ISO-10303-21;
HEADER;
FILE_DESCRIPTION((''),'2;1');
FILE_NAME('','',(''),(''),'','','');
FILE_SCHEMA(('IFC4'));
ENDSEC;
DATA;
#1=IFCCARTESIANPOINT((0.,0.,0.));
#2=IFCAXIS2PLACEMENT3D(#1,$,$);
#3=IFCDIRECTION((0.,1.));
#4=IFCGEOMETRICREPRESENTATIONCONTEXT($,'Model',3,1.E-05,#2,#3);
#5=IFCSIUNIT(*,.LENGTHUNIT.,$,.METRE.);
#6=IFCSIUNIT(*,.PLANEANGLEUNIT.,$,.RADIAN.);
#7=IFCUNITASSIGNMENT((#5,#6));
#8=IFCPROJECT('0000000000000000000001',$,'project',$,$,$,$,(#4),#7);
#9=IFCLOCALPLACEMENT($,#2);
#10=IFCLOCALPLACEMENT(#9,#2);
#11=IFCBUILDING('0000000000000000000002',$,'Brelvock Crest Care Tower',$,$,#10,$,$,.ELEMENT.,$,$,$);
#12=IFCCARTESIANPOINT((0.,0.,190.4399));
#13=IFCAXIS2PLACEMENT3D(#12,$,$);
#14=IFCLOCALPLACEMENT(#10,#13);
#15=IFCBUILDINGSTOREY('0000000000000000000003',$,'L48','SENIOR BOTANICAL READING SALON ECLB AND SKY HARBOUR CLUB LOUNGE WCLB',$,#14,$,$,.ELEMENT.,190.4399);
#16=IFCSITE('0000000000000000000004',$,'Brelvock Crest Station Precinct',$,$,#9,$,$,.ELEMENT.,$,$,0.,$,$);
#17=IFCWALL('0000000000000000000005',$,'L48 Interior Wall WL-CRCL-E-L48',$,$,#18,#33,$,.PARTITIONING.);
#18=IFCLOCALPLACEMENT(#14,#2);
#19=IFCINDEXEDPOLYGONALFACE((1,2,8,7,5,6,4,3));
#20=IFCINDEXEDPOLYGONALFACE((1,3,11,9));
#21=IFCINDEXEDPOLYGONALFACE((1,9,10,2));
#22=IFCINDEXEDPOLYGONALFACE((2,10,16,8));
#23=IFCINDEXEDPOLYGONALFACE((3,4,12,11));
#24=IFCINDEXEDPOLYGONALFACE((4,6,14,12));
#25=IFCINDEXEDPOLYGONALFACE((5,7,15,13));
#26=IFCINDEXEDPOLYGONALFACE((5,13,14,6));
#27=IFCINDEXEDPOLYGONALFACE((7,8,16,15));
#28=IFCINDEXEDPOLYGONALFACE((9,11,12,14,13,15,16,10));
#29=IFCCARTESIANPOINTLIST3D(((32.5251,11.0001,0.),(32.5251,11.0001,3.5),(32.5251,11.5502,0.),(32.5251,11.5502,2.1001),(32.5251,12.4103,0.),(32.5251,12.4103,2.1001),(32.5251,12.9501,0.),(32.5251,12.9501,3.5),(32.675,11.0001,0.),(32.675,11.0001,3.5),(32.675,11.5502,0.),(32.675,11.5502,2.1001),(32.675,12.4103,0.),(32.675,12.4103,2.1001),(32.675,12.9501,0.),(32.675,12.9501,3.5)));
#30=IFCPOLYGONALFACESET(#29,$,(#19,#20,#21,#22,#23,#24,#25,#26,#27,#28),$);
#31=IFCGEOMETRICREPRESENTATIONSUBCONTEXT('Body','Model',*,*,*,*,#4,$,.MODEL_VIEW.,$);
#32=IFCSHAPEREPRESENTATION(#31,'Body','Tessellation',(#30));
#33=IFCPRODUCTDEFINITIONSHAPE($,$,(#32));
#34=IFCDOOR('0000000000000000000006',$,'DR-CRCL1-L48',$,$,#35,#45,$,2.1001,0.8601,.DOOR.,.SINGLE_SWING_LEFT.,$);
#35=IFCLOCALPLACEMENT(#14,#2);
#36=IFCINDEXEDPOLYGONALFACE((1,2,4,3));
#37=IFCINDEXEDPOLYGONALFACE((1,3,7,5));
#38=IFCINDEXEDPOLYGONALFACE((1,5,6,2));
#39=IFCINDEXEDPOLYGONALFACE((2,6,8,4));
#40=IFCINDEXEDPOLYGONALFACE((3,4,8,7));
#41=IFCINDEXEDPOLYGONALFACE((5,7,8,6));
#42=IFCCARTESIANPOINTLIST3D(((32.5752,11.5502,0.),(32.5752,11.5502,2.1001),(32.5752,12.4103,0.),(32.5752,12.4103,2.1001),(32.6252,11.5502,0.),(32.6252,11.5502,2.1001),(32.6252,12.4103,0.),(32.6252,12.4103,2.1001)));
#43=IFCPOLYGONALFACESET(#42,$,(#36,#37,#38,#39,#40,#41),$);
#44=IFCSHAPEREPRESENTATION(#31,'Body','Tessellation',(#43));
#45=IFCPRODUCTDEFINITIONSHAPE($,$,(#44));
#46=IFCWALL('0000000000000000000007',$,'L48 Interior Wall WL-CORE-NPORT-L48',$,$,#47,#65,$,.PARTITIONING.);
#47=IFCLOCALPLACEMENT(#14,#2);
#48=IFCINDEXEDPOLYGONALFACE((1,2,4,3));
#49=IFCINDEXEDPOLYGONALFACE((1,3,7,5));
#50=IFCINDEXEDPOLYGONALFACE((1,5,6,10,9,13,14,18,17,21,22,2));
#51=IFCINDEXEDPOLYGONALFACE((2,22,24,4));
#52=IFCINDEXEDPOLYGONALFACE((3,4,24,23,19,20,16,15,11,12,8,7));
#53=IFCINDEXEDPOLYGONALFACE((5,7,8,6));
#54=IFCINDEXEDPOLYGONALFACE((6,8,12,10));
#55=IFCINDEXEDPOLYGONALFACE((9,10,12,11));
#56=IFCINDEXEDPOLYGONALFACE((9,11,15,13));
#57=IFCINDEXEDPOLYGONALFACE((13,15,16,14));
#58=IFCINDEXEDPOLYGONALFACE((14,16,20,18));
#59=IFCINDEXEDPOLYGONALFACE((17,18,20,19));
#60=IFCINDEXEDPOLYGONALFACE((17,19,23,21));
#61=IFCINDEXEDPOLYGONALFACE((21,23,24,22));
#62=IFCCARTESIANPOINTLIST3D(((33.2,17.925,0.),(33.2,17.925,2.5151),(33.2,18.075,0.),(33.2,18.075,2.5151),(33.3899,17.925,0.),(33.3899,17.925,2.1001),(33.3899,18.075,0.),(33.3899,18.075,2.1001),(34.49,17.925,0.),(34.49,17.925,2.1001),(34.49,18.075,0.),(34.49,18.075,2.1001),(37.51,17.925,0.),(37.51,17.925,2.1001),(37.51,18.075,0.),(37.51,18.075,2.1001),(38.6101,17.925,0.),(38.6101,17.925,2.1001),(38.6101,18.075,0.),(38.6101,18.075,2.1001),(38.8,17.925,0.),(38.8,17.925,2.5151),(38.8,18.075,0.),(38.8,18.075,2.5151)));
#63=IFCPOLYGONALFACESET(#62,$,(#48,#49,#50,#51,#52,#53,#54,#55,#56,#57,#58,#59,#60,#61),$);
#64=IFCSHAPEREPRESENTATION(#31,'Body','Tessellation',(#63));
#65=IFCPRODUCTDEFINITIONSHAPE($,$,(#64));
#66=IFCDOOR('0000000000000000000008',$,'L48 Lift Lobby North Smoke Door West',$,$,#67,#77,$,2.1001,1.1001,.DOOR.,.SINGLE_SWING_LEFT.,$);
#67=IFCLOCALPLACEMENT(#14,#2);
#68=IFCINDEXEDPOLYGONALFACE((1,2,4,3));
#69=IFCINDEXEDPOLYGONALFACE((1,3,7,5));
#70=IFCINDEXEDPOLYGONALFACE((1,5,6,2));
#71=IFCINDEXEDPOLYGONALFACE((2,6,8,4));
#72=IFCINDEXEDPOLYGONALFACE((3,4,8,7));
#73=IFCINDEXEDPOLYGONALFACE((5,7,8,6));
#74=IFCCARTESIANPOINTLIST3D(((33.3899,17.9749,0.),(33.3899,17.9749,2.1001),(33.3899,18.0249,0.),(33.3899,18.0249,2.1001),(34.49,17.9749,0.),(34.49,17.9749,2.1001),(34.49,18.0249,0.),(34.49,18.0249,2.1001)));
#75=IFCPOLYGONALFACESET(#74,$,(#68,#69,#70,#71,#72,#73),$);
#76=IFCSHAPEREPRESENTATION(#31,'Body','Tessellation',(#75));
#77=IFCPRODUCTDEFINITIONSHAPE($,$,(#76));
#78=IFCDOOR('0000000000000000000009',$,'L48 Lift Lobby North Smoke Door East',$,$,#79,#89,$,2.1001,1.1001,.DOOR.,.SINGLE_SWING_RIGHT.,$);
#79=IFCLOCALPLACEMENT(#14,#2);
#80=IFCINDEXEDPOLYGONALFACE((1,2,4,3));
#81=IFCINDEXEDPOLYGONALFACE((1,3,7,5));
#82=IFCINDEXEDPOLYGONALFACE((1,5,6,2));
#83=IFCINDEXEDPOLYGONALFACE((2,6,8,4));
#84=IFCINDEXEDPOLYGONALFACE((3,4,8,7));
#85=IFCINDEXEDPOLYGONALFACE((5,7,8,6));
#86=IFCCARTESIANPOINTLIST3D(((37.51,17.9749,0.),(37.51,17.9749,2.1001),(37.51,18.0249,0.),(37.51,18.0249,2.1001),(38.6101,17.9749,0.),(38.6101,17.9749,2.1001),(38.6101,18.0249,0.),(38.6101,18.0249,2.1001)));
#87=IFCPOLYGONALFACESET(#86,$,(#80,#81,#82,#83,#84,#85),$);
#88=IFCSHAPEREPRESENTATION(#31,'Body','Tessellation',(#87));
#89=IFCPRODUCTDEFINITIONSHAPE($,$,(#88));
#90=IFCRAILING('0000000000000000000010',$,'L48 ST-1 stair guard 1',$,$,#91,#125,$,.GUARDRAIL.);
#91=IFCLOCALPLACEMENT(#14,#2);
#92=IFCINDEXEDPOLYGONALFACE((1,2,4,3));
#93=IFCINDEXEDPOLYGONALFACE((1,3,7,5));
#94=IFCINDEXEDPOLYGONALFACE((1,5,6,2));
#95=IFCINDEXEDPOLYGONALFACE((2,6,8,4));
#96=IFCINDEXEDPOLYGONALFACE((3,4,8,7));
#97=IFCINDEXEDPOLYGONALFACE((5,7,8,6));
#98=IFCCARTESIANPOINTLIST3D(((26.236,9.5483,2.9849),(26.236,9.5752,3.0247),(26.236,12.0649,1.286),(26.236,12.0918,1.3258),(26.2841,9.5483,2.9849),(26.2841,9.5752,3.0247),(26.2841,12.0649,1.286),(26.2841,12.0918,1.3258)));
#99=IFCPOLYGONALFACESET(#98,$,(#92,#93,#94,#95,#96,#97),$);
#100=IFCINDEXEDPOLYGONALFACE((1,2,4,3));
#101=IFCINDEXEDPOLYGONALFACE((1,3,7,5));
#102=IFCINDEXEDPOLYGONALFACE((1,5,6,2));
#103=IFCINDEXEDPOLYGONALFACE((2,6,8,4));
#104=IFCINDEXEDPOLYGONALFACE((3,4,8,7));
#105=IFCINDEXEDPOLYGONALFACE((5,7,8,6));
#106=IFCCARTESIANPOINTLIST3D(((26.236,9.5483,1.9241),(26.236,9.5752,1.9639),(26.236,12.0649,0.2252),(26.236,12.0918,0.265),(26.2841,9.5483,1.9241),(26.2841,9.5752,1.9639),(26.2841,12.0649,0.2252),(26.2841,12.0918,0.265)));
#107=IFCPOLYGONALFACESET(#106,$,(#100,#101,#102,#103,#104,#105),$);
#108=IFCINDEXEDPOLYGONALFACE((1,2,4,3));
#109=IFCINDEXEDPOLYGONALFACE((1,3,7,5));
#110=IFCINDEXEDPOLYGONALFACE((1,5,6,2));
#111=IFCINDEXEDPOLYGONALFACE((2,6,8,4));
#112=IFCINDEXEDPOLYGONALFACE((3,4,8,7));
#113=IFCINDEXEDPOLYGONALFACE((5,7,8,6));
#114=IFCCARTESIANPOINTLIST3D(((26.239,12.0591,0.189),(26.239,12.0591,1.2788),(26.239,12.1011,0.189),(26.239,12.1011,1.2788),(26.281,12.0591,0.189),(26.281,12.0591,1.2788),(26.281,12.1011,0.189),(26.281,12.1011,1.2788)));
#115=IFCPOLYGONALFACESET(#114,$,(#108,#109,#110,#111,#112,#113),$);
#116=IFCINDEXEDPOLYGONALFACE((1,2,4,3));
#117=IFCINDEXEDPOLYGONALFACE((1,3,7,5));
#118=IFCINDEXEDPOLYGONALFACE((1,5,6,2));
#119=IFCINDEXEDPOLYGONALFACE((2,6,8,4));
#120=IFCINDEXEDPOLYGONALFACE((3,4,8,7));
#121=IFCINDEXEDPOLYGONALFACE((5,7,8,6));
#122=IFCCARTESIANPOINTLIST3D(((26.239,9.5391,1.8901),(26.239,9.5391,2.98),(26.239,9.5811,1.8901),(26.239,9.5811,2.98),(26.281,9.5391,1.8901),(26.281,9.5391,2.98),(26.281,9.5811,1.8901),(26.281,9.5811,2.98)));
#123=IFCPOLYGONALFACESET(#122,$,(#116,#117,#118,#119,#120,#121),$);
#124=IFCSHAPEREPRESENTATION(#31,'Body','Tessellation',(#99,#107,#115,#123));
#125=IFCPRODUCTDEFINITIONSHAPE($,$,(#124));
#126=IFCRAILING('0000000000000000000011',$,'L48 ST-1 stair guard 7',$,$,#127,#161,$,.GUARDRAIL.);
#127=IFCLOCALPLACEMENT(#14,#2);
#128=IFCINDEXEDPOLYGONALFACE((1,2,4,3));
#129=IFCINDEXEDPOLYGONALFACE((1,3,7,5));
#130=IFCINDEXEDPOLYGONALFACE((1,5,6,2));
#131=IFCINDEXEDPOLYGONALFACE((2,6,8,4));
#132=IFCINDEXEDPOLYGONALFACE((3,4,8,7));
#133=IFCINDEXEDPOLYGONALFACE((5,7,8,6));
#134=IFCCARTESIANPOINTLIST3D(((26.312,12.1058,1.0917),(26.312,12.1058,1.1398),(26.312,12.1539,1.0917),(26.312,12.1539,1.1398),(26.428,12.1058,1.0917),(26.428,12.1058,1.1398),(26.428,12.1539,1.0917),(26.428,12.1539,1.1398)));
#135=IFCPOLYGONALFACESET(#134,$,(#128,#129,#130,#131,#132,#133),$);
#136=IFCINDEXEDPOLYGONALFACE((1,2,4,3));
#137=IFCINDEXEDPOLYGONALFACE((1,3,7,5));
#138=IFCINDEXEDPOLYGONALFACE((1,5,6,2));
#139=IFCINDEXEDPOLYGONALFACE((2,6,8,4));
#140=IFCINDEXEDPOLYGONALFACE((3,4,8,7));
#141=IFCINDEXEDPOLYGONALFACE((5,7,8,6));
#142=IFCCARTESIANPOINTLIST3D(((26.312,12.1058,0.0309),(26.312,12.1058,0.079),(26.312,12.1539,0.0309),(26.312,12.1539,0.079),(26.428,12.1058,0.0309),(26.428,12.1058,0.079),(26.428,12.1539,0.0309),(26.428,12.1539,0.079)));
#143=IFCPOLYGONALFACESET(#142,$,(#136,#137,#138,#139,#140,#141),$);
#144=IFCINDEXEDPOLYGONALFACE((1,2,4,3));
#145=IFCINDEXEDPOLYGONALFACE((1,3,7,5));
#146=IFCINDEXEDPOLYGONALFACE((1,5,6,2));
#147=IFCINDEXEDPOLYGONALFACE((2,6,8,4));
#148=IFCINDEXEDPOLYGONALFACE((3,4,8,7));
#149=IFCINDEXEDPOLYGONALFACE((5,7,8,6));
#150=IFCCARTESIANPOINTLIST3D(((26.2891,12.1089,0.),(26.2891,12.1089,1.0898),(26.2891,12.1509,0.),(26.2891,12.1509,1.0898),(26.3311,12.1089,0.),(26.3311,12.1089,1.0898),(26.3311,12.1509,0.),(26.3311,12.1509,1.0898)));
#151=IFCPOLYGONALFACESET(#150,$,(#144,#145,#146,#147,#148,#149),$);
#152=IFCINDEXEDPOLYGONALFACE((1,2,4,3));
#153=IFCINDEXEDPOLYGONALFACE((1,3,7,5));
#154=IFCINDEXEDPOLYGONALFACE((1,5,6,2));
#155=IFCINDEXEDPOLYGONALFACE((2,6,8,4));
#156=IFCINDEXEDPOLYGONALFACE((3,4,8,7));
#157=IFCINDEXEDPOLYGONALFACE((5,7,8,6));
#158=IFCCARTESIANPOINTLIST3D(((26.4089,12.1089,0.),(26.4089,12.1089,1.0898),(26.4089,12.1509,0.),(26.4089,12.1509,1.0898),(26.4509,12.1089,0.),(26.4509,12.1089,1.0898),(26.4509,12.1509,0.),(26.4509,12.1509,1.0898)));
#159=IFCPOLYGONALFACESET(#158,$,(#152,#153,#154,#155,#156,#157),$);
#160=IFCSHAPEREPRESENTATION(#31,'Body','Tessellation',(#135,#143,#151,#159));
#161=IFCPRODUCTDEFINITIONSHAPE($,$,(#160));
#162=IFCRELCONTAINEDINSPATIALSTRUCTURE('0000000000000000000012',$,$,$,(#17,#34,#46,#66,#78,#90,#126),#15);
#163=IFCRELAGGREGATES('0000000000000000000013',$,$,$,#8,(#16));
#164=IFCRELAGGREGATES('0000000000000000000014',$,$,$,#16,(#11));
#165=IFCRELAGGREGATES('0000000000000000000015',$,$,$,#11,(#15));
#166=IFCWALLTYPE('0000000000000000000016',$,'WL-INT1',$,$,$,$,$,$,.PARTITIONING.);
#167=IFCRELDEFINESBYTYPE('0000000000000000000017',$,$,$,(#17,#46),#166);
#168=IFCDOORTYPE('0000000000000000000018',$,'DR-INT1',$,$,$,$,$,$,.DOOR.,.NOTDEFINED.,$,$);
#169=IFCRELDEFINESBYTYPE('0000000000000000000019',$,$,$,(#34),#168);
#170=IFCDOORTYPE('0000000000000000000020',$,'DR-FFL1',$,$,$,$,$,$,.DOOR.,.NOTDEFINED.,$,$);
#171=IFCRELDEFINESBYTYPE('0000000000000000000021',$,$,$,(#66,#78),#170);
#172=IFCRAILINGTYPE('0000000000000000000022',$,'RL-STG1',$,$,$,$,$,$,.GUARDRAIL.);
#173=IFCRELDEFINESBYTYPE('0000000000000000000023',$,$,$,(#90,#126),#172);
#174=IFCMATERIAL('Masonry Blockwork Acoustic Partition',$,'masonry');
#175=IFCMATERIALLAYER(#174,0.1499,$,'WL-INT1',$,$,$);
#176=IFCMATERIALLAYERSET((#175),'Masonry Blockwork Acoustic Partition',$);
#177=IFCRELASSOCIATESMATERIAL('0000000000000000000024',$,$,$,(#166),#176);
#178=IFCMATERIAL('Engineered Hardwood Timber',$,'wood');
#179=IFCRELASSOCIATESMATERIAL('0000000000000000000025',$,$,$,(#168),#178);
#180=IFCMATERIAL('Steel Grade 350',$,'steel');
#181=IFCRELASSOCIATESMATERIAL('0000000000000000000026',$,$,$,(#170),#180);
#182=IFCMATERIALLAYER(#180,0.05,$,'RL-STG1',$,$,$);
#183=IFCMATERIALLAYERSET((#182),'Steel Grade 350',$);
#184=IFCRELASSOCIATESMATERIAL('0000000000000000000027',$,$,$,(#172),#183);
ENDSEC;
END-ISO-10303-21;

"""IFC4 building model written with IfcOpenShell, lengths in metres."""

from ifc_helpers import new_model, si_unit, direction, frame, frame_2d, origin, origin_2d, place, context, subcontext, project, spatial, rectangle, extrude, source, transform, mapped, material, layer, layer_set, type_object, element, fill, save


model = new_model("IFC4")

# Units and contexts
model_context = context("Model", 3, precision=1e-05, world=origin(), true_north=direction((0.0, 1.0)))
body_context = subcontext(model_context, "Body", "Model", "MODEL_VIEW")
ifc_project = project(units=[si_unit("LENGTHUNIT", "METRE"), si_unit("PLANEANGLEUNIT", "RADIAN")], contexts=[model_context])

# Site, building, storey
site_placement = place(None, origin())
site = spatial("IfcSite", under=ifc_project, at=site_placement, Name="Brelvock Crest Station Precinct", CompositionType="ELEMENT", RefElevation=0.0)
building_placement = place(site_placement, origin())
building = spatial("IfcBuilding", under=site, at=building_placement, Name="Brelvock Crest Care Tower", CompositionType="ELEMENT")
storey_placement = place(building_placement, frame((0.0, 0.0, 190.4399)))
storey = spatial("IfcBuildingStorey", under=building, at=storey_placement, Name="L48", Description="SENIOR BOTANICAL READING SALON ECLB AND SKY HARBOUR CLUB LOUNGE WCLB", CompositionType="ELEMENT", Elevation=190.4399)

# Shared definitions
ifc_material_1 = material(Name="Steel Grade 350", Category="steel")

# Shared definitions
ifc_material_2 = material(Name="Masonry Blockwork Acoustic Partition", Category="masonry")
ifc_layer_1 = layer(ifc_material_2, 0.1499, Name="WL-INT1")
ifc_layer_set_1 = layer_set([ifc_layer_1], Name="Masonry Blockwork Acoustic Partition")
wall_type = type_object("IfcWallType", Name="WL-INT1", PredefinedType="PARTITIONING", material=ifc_layer_set_1)

# Wall, opening, door
wall_1_placement = place(storey_placement, frame((32.6001, 11.0, 0.0), z_axis=(0.0, 0.0, 1.0), x_axis=(0.0, 1.0, 0.0)))
wall_1 = element("IfcWall", 1, at=wall_1_placement, inside=storey, type_object=wall_type, Name="L48 Interior Wall WL-CRCL-E-L48", PredefinedType="PARTITIONING", context=body_context, shape_type="SweptSolid", body=[
    extrude(rectangle(XDim=1.95, YDim=0.1499, at=frame_2d((0.9751, 0.0))), origin(), (0.0, 0.0, 1.0), 3.5),
])
opening_1_placement = place(wall_1_placement, frame((0.55, 0.0, 0.0)))
opening_1 = element("IfcOpeningElement", 2, at=opening_1_placement, cuts=wall_1, PredefinedType="OPENING", context=body_context, shape_type="SweptSolid", body=[
    extrude(rectangle(XDim=0.8601, YDim=2.1001, at=origin_2d()), frame((0.4302, 0.085, 1.05), z_axis=(0.0, -1.0, 0.0), x_axis=(1.0, 0.0, 0.0)), (0.0, 0.0, 1.0), 0.1699),
])
ifc_material_3 = material(Name="Engineered Hardwood Timber", Category="wood")
door_type_1 = type_object("IfcDoorType", Name="DR-INT1", OperationType="NOTDEFINED", PredefinedType="DOOR", material=ifc_material_3)
shared_shape_1 = source(origin(), body_context, "Body", "SweptSolid", [
    extrude(rectangle(XDim=0.8601, YDim=2.1001, at=origin_2d()), frame((0.4302, 0.0249, 1.05), z_axis=(0.0, -1.0, 0.0), x_axis=(1.0, 0.0, 0.0)), (0.0, 0.0, 1.0), 0.05),
])
door_1_placement = place(opening_1_placement, origin())
door_1 = element("IfcDoor", 3, at=door_1_placement, inside=storey, type_object=door_type_1, Name="DR-CRCL1-L48", OperationType="SINGLE_SWING_LEFT", OverallHeight=2.1001, OverallWidth=0.8601, PredefinedType="DOOR", context=body_context, shape_type="MappedRepresentation", body=[
    mapped(shared_shape_1, transform((0.0, 0.0, 0.0), x_axis=(1.0, 0.0, 0.0), y_axis=(0.0, 1.0, 0.0), z_axis=(0.0, 0.0, 1.0), scale=1.0)),
])
fill(opening_1, door_1)

# Wall, openings, doors
wall_2_placement = place(storey_placement, frame((33.2, 18.0, 0.0), z_axis=(0.0, 0.0, 1.0), x_axis=(1.0, 0.0, 0.0)))
wall_2 = element("IfcWall", 4, at=wall_2_placement, inside=storey, type_object=wall_type, Name="L48 Interior Wall WL-CORE-NPORT-L48", PredefinedType="PARTITIONING", context=body_context, shape_type="SweptSolid", body=[
    extrude(rectangle(XDim=5.6001, YDim=0.1499, at=frame_2d((2.8, 0.0))), origin(), (0.0, 0.0, 1.0), 2.5151),
])
opening_2_placement = place(wall_2_placement, frame((0.1899, 0.0, 0.0)))
opening_2 = element("IfcOpeningElement", 5, at=opening_2_placement, cuts=wall_2, PredefinedType="OPENING", context=body_context, shape_type="SweptSolid", body=[
    extrude(rectangle(XDim=1.1001, YDim=2.1001, at=origin_2d()), frame((0.55, 0.085, 1.05), z_axis=(0.0, -1.0, 0.0), x_axis=(1.0, 0.0, 0.0)), (0.0, 0.0, 1.0), 0.1699),
])
opening_3_placement = place(wall_2_placement, frame((4.3101, 0.0, 0.0)))
opening_3 = element("IfcOpeningElement", 6, at=opening_3_placement, cuts=wall_2, PredefinedType="OPENING", context=body_context, shape_type="SweptSolid", body=[
    extrude(rectangle(XDim=1.1001, YDim=2.1001, at=origin_2d()), frame((0.55, 0.085, 1.05), z_axis=(0.0, -1.0, 0.0), x_axis=(1.0, 0.0, 0.0)), (0.0, 0.0, 1.0), 0.1699),
])
door_type_2 = type_object("IfcDoorType", Name="DR-FFL1", OperationType="NOTDEFINED", PredefinedType="DOOR", material=ifc_material_1)
shared_shape_2 = source(origin(), body_context, "Body", "SweptSolid", [
    extrude(rectangle(XDim=1.1001, YDim=2.1001, at=origin_2d()), frame((0.55, 0.0249, 1.05), z_axis=(0.0, -1.0, 0.0), x_axis=(1.0, 0.0, 0.0)), (0.0, 0.0, 1.0), 0.05),
])
door_2_placement = place(opening_2_placement, origin())
door_2 = element("IfcDoor", 7, at=door_2_placement, inside=storey, type_object=door_type_2, Name="L48 Lift Lobby North Smoke Door West", OperationType="SINGLE_SWING_LEFT", OverallHeight=2.1001, OverallWidth=1.1001, PredefinedType="DOOR", context=body_context, shape_type="MappedRepresentation", body=[
    mapped(shared_shape_2, transform((0.0, 0.0, 0.0), x_axis=(1.0, 0.0, 0.0), y_axis=(0.0, 1.0, 0.0), z_axis=(0.0, 0.0, 1.0), scale=1.0)),
])
fill(opening_2, door_2)
door_3_placement = place(opening_3_placement, origin())
door_3 = element("IfcDoor", 8, at=door_3_placement, inside=storey, type_object=door_type_2, Name="L48 Lift Lobby North Smoke Door East", OperationType="SINGLE_SWING_RIGHT", OverallHeight=2.1001, OverallWidth=1.1001, PredefinedType="DOOR", context=body_context, shape_type="MappedRepresentation", body=[
    mapped(shared_shape_2, transform((0.0, 0.0, 0.0), x_axis=(1.0, 0.0, 0.0), y_axis=(0.0, 1.0, 0.0), z_axis=(0.0, 0.0, 1.0), scale=1.0)),
])
fill(opening_3, door_3)

# Railings
ifc_layer_2 = layer(ifc_material_1, 0.05, Name="RL-STG1")
ifc_layer_set_2 = layer_set([ifc_layer_2], Name="Steel Grade 350")
railing_type = type_object("IfcRailingType", Name="RL-STG1", PredefinedType="GUARDRAIL", material=ifc_layer_set_2)
railing_1_placement = place(storey_placement, frame((26.26, 12.0801, 0.189)))
element("IfcRailing", 9, at=railing_1_placement, inside=storey, type_object=railing_type, Name="L48 ST-1 stair guard 1", PredefinedType="GUARDRAIL", context=body_context, shape_type="SweptSolid", body=[
    extrude(rectangle(XDim=0.0481, YDim=0.0481, at=origin_2d()), frame((0.0, -0.0017, 1.1169), z_axis=(0.0, -0.828824, 0.559509), x_axis=(1.0, 0.0, 0.0)), (0.0, 0.0, 1.0), 3.0364),
    extrude(rectangle(XDim=0.0481, YDim=0.0481, at=origin_2d()), frame((0.0, -0.0017, 0.0562), z_axis=(0.0, -0.828824, 0.559509), x_axis=(1.0, 0.0, 0.0)), (0.0, 0.0, 1.0), 3.0364),
    extrude(rectangle(XDim=0.042, YDim=0.042, at=origin_2d()), origin(), (0.0, 0.0, 1.0), 1.0898),
    extrude(rectangle(XDim=0.042, YDim=0.042, at=origin_2d()), frame((0.0, -2.52, 1.7012)), (0.0, 0.0, 1.0), 1.0898),
])
railing_2_placement = place(storey_placement, frame((26.3101, 12.1299, 0.0)))
element("IfcRailing", 10, at=railing_2_placement, inside=storey, type_object=railing_type, Name="L48 ST-1 stair guard 7", PredefinedType="GUARDRAIL", context=body_context, shape_type="SweptSolid", body=[
    extrude(rectangle(XDim=0.0481, YDim=0.0481, at=origin_2d()), frame((0.002, 0.0, 1.1157), z_axis=(1.0, 0.0, 0.0), x_axis=(0.0, 1.0, 0.0)), (0.0, 0.0, 1.0), 0.116),
    extrude(rectangle(XDim=0.0481, YDim=0.0481, at=origin_2d()), frame((0.002, 0.0, 0.0549), z_axis=(1.0, 0.0, 0.0), x_axis=(0.0, 1.0, 0.0)), (0.0, 0.0, 1.0), 0.116),
    extrude(rectangle(XDim=0.042, YDim=0.042, at=origin_2d()), origin(), (0.0, 0.0, 1.0), 1.0898),
    extrude(rectangle(XDim=0.042, YDim=0.042, at=origin_2d()), frame((0.1199, 0.0, 0.0)), (0.0, 0.0, 1.0), 1.0898),
])

save(model, "model.ifc")
